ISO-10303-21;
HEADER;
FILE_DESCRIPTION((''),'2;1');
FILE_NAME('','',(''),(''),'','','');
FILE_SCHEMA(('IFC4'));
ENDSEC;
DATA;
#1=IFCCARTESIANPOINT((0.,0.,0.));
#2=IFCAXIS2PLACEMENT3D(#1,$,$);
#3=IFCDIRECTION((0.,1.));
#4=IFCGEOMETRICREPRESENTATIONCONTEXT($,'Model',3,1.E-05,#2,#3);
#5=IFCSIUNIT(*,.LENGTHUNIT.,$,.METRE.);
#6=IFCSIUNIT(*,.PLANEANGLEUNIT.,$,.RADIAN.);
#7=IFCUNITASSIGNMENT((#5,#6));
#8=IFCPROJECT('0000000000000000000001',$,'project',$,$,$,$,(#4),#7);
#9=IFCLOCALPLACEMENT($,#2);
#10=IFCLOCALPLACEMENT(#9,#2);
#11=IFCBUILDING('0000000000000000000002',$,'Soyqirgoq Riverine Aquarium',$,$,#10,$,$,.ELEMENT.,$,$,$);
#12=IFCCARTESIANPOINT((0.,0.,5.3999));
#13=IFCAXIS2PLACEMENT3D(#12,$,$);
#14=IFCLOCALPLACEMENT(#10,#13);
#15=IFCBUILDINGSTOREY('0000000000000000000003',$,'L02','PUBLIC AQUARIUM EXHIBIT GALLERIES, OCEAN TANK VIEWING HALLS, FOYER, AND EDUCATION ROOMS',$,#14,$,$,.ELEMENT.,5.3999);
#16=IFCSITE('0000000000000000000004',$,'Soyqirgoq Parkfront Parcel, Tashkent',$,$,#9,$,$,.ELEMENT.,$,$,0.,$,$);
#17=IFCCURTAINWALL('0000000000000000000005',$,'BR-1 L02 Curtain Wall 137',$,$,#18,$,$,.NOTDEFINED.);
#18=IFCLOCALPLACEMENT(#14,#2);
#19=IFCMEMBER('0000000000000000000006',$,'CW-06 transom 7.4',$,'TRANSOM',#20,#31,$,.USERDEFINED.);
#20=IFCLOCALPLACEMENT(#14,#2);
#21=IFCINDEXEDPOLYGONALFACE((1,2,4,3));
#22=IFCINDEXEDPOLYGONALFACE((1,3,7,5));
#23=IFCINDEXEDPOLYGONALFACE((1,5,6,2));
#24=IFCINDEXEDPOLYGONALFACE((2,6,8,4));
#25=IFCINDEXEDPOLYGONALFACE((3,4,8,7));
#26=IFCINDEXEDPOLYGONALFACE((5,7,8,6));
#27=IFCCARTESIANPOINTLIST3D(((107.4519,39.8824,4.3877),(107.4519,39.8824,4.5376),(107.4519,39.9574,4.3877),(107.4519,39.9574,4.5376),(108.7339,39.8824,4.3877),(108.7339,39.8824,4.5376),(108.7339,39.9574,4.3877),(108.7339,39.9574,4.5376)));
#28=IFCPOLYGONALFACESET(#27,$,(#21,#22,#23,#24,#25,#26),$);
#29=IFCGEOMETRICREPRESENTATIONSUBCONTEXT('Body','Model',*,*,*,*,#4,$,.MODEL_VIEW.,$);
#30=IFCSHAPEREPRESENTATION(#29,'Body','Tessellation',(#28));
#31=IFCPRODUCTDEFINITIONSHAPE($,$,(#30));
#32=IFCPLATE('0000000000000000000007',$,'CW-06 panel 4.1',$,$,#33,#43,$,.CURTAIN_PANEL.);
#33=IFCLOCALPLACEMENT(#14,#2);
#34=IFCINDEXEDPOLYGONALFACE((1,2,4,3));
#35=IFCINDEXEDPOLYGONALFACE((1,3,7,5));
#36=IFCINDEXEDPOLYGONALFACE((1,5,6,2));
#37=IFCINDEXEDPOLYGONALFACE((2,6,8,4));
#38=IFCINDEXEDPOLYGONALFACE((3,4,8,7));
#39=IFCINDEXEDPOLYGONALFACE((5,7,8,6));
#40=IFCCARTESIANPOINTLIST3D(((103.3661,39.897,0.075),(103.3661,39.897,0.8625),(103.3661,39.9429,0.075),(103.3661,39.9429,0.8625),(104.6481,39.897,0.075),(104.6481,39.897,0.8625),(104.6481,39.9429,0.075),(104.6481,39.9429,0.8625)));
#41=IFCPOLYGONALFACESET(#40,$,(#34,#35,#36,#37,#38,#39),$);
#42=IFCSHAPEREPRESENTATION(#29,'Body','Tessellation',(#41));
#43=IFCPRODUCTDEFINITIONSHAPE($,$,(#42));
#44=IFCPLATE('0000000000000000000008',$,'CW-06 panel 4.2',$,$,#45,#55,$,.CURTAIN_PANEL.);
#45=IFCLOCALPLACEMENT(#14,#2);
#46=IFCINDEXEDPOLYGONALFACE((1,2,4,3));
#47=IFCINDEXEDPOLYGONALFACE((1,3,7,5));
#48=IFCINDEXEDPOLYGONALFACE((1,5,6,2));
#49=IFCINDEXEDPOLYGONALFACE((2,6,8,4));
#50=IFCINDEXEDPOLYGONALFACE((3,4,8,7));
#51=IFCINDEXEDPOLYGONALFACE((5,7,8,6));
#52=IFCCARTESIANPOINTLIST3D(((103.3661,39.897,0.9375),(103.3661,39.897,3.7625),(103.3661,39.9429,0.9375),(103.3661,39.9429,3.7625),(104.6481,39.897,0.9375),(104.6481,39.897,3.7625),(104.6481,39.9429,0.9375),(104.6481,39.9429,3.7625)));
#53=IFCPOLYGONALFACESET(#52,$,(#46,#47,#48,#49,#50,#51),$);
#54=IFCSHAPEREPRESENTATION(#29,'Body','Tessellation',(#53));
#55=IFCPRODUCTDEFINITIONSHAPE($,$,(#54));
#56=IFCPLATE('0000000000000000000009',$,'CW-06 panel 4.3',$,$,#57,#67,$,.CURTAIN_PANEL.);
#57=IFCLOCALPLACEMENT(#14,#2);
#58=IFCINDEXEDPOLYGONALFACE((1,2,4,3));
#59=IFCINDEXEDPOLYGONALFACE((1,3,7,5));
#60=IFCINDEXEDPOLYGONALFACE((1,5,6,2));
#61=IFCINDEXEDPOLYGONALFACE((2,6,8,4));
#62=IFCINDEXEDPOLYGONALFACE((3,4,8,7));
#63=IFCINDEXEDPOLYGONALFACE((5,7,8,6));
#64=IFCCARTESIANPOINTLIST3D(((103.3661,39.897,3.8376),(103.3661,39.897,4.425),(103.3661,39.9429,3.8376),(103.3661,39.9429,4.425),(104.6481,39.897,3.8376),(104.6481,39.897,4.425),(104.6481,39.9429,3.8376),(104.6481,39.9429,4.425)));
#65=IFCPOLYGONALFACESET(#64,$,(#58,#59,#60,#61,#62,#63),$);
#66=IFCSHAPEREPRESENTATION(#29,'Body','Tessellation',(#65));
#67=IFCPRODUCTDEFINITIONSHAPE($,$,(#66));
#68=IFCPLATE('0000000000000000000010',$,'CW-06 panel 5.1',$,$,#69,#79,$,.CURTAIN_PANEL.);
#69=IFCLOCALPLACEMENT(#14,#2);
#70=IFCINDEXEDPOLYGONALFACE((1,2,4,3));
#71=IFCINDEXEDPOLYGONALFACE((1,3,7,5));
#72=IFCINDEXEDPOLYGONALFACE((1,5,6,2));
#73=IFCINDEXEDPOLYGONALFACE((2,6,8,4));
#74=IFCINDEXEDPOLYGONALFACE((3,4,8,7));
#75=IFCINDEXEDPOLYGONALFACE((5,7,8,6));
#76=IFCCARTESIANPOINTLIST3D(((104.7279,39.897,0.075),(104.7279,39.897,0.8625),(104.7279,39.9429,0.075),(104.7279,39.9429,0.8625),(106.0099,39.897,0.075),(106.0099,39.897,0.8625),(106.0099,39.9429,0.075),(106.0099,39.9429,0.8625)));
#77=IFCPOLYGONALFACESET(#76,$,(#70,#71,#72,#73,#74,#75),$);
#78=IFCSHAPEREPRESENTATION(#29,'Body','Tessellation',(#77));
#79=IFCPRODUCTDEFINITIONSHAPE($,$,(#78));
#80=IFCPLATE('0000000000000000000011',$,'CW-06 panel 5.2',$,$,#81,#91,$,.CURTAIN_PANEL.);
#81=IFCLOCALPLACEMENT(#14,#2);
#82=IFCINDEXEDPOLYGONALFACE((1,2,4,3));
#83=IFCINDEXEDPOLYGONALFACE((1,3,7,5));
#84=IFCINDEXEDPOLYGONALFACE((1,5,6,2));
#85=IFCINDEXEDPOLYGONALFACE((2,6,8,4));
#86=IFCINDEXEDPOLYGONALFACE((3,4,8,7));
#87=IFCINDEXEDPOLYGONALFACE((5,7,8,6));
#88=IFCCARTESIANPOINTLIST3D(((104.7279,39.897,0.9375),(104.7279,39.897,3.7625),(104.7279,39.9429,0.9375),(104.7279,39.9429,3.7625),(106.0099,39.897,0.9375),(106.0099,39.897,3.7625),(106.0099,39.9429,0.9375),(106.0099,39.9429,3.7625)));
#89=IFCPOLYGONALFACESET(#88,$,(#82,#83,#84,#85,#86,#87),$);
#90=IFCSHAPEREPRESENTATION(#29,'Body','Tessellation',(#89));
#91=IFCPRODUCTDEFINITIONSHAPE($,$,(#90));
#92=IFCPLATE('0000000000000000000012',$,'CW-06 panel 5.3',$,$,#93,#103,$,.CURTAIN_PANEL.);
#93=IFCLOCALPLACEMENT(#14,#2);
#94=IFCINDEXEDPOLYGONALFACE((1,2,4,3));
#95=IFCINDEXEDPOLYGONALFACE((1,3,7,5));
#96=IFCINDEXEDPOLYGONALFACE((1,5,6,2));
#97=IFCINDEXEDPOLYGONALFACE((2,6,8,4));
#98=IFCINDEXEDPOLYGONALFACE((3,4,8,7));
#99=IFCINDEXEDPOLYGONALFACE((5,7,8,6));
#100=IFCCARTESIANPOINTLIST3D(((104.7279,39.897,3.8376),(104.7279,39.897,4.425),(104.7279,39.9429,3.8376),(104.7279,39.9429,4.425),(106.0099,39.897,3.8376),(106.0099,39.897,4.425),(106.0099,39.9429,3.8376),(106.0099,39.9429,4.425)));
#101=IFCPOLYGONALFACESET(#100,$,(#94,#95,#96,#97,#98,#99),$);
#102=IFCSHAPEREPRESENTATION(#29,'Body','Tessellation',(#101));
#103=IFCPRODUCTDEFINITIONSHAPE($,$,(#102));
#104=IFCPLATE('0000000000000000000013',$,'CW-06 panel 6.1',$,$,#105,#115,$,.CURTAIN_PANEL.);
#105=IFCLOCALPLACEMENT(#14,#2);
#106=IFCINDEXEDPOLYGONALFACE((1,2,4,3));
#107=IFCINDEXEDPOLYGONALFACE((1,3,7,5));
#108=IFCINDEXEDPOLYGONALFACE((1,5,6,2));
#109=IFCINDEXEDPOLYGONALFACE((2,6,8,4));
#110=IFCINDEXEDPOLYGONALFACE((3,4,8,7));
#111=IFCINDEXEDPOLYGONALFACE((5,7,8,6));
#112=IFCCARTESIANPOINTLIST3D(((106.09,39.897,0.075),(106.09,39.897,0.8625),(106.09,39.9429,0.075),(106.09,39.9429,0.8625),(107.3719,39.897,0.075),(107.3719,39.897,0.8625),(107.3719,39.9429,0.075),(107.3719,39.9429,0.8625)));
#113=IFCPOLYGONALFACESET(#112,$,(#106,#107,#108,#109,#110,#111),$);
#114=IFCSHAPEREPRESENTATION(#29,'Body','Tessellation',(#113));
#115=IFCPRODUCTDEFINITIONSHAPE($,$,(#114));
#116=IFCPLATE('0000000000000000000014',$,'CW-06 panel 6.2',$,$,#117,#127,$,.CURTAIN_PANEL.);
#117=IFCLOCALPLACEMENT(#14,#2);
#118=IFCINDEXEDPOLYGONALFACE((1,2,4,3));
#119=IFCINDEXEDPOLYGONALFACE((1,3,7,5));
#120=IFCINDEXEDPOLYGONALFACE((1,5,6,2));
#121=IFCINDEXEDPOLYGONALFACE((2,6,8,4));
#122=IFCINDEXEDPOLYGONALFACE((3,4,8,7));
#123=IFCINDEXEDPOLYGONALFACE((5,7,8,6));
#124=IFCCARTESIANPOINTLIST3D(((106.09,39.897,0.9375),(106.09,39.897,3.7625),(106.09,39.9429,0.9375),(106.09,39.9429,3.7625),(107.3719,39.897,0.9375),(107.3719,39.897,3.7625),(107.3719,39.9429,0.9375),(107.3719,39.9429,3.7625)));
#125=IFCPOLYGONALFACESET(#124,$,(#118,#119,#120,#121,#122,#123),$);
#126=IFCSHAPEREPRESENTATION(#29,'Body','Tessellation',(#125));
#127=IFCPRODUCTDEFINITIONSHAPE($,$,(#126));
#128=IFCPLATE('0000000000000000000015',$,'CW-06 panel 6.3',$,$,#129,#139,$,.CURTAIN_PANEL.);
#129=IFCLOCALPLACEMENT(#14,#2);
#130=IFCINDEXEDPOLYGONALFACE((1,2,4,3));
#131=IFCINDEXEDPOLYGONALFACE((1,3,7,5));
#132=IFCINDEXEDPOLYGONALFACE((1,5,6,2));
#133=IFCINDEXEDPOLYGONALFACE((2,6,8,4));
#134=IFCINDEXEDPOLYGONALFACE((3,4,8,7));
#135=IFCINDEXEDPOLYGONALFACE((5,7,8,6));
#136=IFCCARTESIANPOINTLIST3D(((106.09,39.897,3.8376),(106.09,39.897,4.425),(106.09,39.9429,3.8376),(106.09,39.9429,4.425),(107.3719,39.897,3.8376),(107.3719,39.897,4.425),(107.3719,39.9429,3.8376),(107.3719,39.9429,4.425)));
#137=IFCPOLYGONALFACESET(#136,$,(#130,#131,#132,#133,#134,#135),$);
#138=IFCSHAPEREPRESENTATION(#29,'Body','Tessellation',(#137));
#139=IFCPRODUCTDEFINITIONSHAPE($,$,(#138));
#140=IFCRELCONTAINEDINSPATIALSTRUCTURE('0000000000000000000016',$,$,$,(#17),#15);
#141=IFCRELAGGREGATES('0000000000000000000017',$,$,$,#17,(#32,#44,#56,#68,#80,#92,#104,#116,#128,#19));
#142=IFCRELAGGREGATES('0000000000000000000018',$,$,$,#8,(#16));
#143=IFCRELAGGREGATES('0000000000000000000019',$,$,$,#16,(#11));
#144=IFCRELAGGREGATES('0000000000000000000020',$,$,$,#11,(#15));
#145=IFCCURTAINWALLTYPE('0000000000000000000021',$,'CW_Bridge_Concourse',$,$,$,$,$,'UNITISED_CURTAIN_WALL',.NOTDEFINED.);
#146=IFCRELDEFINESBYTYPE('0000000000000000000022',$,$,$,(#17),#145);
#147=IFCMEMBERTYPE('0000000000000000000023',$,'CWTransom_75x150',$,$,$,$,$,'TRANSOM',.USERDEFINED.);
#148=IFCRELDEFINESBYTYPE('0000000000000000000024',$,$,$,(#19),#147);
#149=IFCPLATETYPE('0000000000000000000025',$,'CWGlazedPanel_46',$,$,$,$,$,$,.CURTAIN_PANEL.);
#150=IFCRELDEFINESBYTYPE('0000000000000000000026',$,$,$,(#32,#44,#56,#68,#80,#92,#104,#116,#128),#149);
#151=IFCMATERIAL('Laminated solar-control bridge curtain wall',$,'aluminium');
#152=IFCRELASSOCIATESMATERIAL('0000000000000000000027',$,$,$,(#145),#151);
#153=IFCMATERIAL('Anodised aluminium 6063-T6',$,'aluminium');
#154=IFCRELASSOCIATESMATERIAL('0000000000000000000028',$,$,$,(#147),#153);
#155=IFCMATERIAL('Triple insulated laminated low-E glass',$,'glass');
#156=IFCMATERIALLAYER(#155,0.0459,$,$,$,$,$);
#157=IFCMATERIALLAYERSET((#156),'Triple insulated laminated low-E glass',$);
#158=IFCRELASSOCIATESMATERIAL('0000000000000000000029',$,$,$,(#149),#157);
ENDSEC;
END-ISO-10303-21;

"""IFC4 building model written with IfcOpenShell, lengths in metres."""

from ifc_helpers import new_model, si_unit, direction, frame, origin, origin_2d, place, context, subcontext, project, spatial, rectangle, extrude, material, layer, layer_set, material_profile, profile_set, type_object, element, aggregate, save


model = new_model("IFC4")

# Units and contexts
model_context = context("Model", 3, precision=1e-05, world=origin(), true_north=direction((0.0, 1.0)))
body_context = subcontext(model_context, "Body", "Model", "MODEL_VIEW")
ifc_project = project(units=[si_unit("LENGTHUNIT", "METRE"), si_unit("PLANEANGLEUNIT", "RADIAN")], contexts=[model_context])

# Site, building, storey
site_placement = place(None, origin())
site = spatial("IfcSite", under=ifc_project, at=site_placement, Name="Soyqirgoq Parkfront Parcel, Tashkent", CompositionType="ELEMENT", RefElevation=0.0)
building_placement = place(site_placement, origin())
building = spatial("IfcBuilding", under=site, at=building_placement, Name="Soyqirgoq Riverine Aquarium", CompositionType="ELEMENT")
storey_placement = place(building_placement, frame((0.0, 0.0, 5.3999)))
storey = spatial("IfcBuildingStorey", under=building, at=storey_placement, Name="L02", Description="PUBLIC AQUARIUM EXHIBIT GALLERIES, OCEAN TANK VIEWING HALLS, FOYER, AND EDUCATION ROOMS", CompositionType="ELEMENT", Elevation=5.3999)

# Curtain wall, member, plates
ifc_material_1 = material(Name="Laminated solar-control bridge curtain wall", Category="aluminium")
curtain_wall_type = type_object("IfcCurtainWallType", Name="CW_Bridge_Concourse", ElementType="UNITISED_CURTAIN_WALL", PredefinedType="NOTDEFINED", material=ifc_material_1)
curtain_wall_placement = place(storey_placement, origin())
curtain_wall = element("IfcCurtainWall", 1, at=curtain_wall_placement, inside=storey, type_object=curtain_wall_type, Name="BR-1 L02 Curtain Wall 137", PredefinedType="NOTDEFINED")
ifc_material_2 = material(Name="Anodised aluminium 6063-T6", Category="aluminium")
ifc_material_profile_1 = material_profile(ifc_material_2, rectangle(XDim=0.075, YDim=0.1499, at=origin_2d()), Name="ALU-T 75x150")
ifc_profile_set_1 = profile_set([ifc_material_profile_1], Name="Anodised aluminium 6063-T6")
member_type_1 = type_object("IfcMemberType", Name="CWTransom_75x150", ElementType="TRANSOM", PredefinedType="USERDEFINED", material=ifc_profile_set_1)
member_1_placement = place(storey_placement, frame((107.4519, 39.9199, 4.4626), z_axis=(1.0, 0.0, 0.0), x_axis=(0.0, 1.0, 0.0)))
member_1 = element("IfcMember", 2, at=member_1_placement, type_object=member_type_1, Name="CW-06 transom 7.4", ObjectType="TRANSOM", PredefinedType="USERDEFINED", context=body_context, shape_type="SweptSolid", body=[
    extrude(rectangle(XDim=0.075, YDim=0.1499, at=origin_2d()), origin(), (0.0, 0.0, 1.0), 1.282),
])
ifc_material_3 = material(Name="Triple insulated laminated low-E glass", Category="glass")
ifc_layer = layer(ifc_material_3, 0.0459)
ifc_layer_set = layer_set([ifc_layer], Name="Triple insulated laminated low-E glass")
plate_type = type_object("IfcPlateType", Name="CWGlazedPanel_46", PredefinedType="CURTAIN_PANEL", material=ifc_layer_set)
plate_1_placement = place(storey_placement, frame((104.0071, 39.9199, 0.075), z_axis=(0.0, 0.0, 1.0), x_axis=(1.0, 0.0, 0.0)))
plate_1 = element("IfcPlate", 3, at=plate_1_placement, type_object=plate_type, Name="CW-06 panel 4.1", PredefinedType="CURTAIN_PANEL", context=body_context, shape_type="SweptSolid", body=[
    extrude(rectangle(XDim=1.282, YDim=0.0459, at=origin_2d()), origin(), (0.0, 0.0, 1.0), 0.7876),
])
plate_2_placement = place(storey_placement, frame((104.0071, 39.9199, 0.9375), z_axis=(0.0, 0.0, 1.0), x_axis=(1.0, 0.0, 0.0)))
plate_2 = element("IfcPlate", 4, at=plate_2_placement, type_object=plate_type, Name="CW-06 panel 4.2", PredefinedType="CURTAIN_PANEL", context=body_context, shape_type="SweptSolid", body=[
    extrude(rectangle(XDim=1.282, YDim=0.0459, at=origin_2d()), origin(), (0.0, 0.0, 1.0), 2.825),
])
plate_3_placement = place(storey_placement, frame((104.0071, 39.9199, 3.8376), z_axis=(0.0, 0.0, 1.0), x_axis=(1.0, 0.0, 0.0)))
plate_3 = element("IfcPlate", 5, at=plate_3_placement, type_object=plate_type, Name="CW-06 panel 4.3", PredefinedType="CURTAIN_PANEL", context=body_context, shape_type="SweptSolid", body=[
    extrude(rectangle(XDim=1.282, YDim=0.0459, at=origin_2d()), origin(), (0.0, 0.0, 1.0), 0.5874),
])
plate_4_placement = place(storey_placement, frame((105.3689, 39.9199, 0.075), z_axis=(0.0, 0.0, 1.0), x_axis=(1.0, 0.0, 0.0)))
plate_4 = element("IfcPlate", 6, at=plate_4_placement, type_object=plate_type, Name="CW-06 panel 5.1", PredefinedType="CURTAIN_PANEL", context=body_context, shape_type="SweptSolid", body=[
    extrude(rectangle(XDim=1.282, YDim=0.0459, at=origin_2d()), origin(), (0.0, 0.0, 1.0), 0.7876),
])
plate_5_placement = place(storey_placement, frame((105.3689, 39.9199, 0.9375), z_axis=(0.0, 0.0, 1.0), x_axis=(1.0, 0.0, 0.0)))
plate_5 = element("IfcPlate", 7, at=plate_5_placement, type_object=plate_type, Name="CW-06 panel 5.2", PredefinedType="CURTAIN_PANEL", context=body_context, shape_type="SweptSolid", body=[
    extrude(rectangle(XDim=1.282, YDim=0.0459, at=origin_2d()), origin(), (0.0, 0.0, 1.0), 2.825),
])
plate_6_placement = place(storey_placement, frame((105.3689, 39.9199, 3.8376), z_axis=(0.0, 0.0, 1.0), x_axis=(1.0, 0.0, 0.0)))
plate_6 = element("IfcPlate", 8, at=plate_6_placement, type_object=plate_type, Name="CW-06 panel 5.3", PredefinedType="CURTAIN_PANEL", context=body_context, shape_type="SweptSolid", body=[
    extrude(rectangle(XDim=1.282, YDim=0.0459, at=origin_2d()), origin(), (0.0, 0.0, 1.0), 0.5874),
])
plate_7_placement = place(storey_placement, frame((106.731, 39.9199, 0.075), z_axis=(0.0, 0.0, 1.0), x_axis=(1.0, 0.0, 0.0)))
plate_7 = element("IfcPlate", 9, at=plate_7_placement, type_object=plate_type, Name="CW-06 panel 6.1", PredefinedType="CURTAIN_PANEL", context=body_context, shape_type="SweptSolid", body=[
    extrude(rectangle(XDim=1.282, YDim=0.0459, at=origin_2d()), origin(), (0.0, 0.0, 1.0), 0.7876),
])
plate_8_placement = place(storey_placement, frame((106.731, 39.9199, 0.9375), z_axis=(0.0, 0.0, 1.0), x_axis=(1.0, 0.0, 0.0)))
plate_8 = element("IfcPlate", 10, at=plate_8_placement, type_object=plate_type, Name="CW-06 panel 6.2", PredefinedType="CURTAIN_PANEL", context=body_context, shape_type="SweptSolid", body=[
    extrude(rectangle(XDim=1.282, YDim=0.0459, at=origin_2d()), origin(), (0.0, 0.0, 1.0), 2.825),
])
plate_9_placement = place(storey_placement, frame((106.731, 39.9199, 3.8376), z_axis=(0.0, 0.0, 1.0), x_axis=(1.0, 0.0, 0.0)))
plate_9 = element("IfcPlate", 11, at=plate_9_placement, type_object=plate_type, Name="CW-06 panel 6.3", PredefinedType="CURTAIN_PANEL", context=body_context, shape_type="SweptSolid", body=[
    extrude(rectangle(XDim=1.282, YDim=0.0459, at=origin_2d()), origin(), (0.0, 0.0, 1.0), 0.5874),
])
aggregate(curtain_wall, [plate_1, plate_2, plate_3, plate_4, plate_5, plate_6, plate_7, plate_8, plate_9, member_1])

save(model, "model.ifc")
